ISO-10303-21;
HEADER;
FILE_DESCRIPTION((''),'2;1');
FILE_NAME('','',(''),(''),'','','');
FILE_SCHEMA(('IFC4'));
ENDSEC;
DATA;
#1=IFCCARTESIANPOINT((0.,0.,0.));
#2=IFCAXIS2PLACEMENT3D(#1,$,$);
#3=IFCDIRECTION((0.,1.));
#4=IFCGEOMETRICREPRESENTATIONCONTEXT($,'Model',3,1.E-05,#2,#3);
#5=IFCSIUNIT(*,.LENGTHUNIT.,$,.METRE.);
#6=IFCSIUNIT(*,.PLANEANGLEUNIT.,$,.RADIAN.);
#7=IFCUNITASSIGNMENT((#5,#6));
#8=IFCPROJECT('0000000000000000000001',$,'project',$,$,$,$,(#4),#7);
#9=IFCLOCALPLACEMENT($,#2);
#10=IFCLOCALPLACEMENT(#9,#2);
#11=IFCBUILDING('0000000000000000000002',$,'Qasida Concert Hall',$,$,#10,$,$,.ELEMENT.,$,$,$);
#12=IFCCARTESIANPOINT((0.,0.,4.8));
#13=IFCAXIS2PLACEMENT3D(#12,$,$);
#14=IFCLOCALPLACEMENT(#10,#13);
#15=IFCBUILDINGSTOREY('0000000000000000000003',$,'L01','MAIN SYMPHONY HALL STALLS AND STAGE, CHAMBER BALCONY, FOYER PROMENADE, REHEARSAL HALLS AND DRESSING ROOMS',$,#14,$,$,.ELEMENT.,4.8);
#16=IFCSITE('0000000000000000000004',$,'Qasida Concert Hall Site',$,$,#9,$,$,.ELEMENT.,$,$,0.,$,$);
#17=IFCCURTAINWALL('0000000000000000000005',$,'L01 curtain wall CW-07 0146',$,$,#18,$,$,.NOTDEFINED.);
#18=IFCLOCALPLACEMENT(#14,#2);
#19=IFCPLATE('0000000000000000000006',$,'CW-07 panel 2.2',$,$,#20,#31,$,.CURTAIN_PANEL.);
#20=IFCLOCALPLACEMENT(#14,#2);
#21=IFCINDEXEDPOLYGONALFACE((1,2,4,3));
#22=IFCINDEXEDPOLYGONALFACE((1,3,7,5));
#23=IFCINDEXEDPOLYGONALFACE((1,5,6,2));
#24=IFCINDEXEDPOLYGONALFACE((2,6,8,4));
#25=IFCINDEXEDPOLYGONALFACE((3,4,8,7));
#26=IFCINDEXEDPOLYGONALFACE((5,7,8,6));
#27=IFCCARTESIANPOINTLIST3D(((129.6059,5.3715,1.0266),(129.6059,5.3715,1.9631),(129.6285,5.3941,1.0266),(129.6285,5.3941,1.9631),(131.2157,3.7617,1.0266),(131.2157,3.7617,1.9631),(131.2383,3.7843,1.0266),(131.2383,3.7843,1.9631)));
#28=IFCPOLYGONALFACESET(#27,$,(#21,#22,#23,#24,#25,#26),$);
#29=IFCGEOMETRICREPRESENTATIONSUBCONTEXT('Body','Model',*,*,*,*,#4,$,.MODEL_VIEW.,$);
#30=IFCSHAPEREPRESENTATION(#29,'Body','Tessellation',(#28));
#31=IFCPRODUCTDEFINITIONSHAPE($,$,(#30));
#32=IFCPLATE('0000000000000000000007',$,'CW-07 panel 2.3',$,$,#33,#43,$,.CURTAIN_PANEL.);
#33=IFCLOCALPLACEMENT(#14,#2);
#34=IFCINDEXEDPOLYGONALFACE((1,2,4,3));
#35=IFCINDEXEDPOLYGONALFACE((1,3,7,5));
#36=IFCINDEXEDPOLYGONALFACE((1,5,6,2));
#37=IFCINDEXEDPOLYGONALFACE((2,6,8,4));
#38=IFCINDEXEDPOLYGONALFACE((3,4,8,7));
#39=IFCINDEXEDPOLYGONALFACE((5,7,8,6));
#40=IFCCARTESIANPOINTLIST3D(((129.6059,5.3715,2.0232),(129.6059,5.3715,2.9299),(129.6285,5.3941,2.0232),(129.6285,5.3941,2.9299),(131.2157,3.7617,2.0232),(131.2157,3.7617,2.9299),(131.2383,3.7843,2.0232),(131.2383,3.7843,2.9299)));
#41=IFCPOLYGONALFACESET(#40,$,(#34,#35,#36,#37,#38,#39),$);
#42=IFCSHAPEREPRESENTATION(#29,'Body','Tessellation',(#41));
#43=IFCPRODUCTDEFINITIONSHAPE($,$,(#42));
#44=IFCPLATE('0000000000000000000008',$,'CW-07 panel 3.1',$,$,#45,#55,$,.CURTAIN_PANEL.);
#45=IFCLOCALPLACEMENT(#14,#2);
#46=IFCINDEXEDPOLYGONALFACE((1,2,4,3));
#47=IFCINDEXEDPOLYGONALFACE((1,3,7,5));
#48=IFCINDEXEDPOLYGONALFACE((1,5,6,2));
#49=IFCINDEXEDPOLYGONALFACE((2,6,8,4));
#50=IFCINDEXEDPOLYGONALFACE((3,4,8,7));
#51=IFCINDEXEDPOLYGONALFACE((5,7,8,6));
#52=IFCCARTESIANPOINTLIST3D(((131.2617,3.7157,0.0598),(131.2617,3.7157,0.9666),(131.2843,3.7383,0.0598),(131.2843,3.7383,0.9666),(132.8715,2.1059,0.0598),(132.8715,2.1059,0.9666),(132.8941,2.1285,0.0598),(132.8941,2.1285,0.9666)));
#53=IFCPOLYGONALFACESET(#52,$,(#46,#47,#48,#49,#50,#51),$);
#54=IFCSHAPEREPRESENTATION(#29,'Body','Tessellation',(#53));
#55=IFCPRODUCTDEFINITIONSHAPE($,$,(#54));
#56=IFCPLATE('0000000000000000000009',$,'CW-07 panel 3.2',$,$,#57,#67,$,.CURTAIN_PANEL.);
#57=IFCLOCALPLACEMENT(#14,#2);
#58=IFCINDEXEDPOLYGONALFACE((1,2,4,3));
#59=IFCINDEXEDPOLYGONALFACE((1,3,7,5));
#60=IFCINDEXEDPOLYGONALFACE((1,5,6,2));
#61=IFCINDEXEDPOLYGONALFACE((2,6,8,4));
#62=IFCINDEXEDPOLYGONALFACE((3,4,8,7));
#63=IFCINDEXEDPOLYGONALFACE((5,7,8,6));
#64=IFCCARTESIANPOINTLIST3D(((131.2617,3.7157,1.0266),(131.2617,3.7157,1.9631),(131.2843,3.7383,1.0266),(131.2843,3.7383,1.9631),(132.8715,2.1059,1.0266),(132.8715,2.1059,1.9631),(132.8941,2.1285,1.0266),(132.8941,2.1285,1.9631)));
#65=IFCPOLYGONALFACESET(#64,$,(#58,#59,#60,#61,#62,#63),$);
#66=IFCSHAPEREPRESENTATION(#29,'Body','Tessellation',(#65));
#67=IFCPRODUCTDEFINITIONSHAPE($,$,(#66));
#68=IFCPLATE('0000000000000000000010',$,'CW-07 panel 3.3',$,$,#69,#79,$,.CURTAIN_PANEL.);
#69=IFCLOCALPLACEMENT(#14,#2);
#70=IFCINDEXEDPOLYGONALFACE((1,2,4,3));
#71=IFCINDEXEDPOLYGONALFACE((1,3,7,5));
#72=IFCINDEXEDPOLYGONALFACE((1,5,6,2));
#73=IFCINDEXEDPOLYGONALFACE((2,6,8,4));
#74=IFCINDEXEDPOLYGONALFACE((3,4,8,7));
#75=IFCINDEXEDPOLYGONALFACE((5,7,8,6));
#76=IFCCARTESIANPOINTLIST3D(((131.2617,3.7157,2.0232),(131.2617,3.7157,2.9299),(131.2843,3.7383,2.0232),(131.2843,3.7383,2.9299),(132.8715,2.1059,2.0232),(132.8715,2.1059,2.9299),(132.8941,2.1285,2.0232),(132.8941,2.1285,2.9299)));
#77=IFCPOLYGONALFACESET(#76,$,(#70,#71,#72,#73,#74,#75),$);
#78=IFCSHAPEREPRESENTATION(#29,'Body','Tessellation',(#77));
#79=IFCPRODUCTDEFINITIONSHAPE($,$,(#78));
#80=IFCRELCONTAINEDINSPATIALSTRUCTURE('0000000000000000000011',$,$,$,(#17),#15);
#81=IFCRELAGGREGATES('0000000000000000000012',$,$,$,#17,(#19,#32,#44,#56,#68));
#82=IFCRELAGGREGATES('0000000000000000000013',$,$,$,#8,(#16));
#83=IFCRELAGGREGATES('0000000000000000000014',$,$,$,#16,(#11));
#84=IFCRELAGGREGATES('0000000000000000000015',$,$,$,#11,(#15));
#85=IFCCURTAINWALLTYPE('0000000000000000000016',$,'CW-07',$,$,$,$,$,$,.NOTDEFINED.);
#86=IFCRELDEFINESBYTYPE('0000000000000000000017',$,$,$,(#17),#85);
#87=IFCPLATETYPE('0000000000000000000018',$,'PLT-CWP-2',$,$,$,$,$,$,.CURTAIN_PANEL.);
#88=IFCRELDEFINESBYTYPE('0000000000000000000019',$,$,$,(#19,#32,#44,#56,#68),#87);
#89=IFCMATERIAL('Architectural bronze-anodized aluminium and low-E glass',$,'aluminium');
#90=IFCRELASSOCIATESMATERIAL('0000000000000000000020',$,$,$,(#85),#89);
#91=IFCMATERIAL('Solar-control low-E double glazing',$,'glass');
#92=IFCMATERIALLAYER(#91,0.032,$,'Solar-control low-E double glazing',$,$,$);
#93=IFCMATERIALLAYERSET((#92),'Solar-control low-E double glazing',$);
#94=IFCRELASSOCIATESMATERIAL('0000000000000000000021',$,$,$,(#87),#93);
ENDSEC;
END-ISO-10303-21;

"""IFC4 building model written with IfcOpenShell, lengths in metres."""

from ifc_helpers import new_model, si_unit, direction, frame, origin, origin_2d, place, context, subcontext, project, spatial, rectangle, extrude, material, layer, layer_set, type_object, element, aggregate, save


model = new_model("IFC4")

# Units and contexts
model_context = context("Model", 3, precision=1e-05, world=origin(), true_north=direction((0.0, 1.0)))
body_context = subcontext(model_context, "Body", "Model", "MODEL_VIEW")
ifc_project = project(units=[si_unit("LENGTHUNIT", "METRE"), si_unit("PLANEANGLEUNIT", "RADIAN")], contexts=[model_context])

# Site, building, storey
site_placement = place(None, origin())
site = spatial("IfcSite", under=ifc_project, at=site_placement, Name="Qasida Concert Hall Site", CompositionType="ELEMENT", RefElevation=0.0)
building_placement = place(site_placement, origin())
building = spatial("IfcBuilding", under=site, at=building_placement, Name="Qasida Concert Hall", CompositionType="ELEMENT")
storey_placement = place(building_placement, frame((0.0, 0.0, 4.8)))
storey = spatial("IfcBuildingStorey", under=building, at=storey_placement, Name="L01", Description="MAIN SYMPHONY HALL STALLS AND STAGE, CHAMBER BALCONY, FOYER PROMENADE, REHEARSAL HALLS AND DRESSING ROOMS", CompositionType="ELEMENT", Elevation=4.8)

# Curtain wall, plates
ifc_material_1 = material(Name="Architectural bronze-anodized aluminium and low-E glass", Category="aluminium")
curtain_wall_type = type_object("IfcCurtainWallType", Name="CW-07", PredefinedType="NOTDEFINED", material=ifc_material_1)
curtain_wall_placement = place(storey_placement, origin())
curtain_wall = element("IfcCurtainWall", 1, at=curtain_wall_placement, inside=storey, type_object=curtain_wall_type, Name="L01 curtain wall CW-07 0146", PredefinedType="NOTDEFINED")
ifc_material_2 = material(Name="Solar-control low-E double glazing", Category="glass")
ifc_layer = layer(ifc_material_2, 0.032, Name="Solar-control low-E double glazing")
ifc_layer_set = layer_set([ifc_layer], Name="Solar-control low-E double glazing")
plate_type = type_object("IfcPlateType", Name="PLT-CWP-2", PredefinedType="CURTAIN_PANEL", material=ifc_layer_set)
plate_1_placement = place(storey_placement, frame((130.4221, 4.5779, 1.0266), z_axis=(0.0, 0.0, 1.0), x_axis=(0.707107, -0.707107, 0.0)))
plate_1 = element("IfcPlate", 2, at=plate_1_placement, type_object=plate_type, Name="CW-07 panel 2.2", PredefinedType="CURTAIN_PANEL", context=body_context, shape_type="SweptSolid", body=[
    extrude(rectangle(XDim=2.2766, YDim=0.032, at=origin_2d()), origin(), (0.0, 0.0, 1.0), 0.9365),
])
plate_2_placement = place(storey_placement, frame((130.4221, 4.5779, 2.0232), z_axis=(0.0, 0.0, 1.0), x_axis=(0.707107, -0.707107, 0.0)))
plate_2 = element("IfcPlate", 3, at=plate_2_placement, type_object=plate_type, Name="CW-07 panel 2.3", PredefinedType="CURTAIN_PANEL", context=body_context, shape_type="SweptSolid", body=[
    extrude(rectangle(XDim=2.2766, YDim=0.032, at=origin_2d()), origin(), (0.0, 0.0, 1.0), 0.9067),
])
plate_3_placement = place(storey_placement, frame((132.0779, 2.9221, 0.0598), z_axis=(0.0, 0.0, 1.0), x_axis=(0.707107, -0.707107, 0.0)))
plate_3 = element("IfcPlate", 4, at=plate_3_placement, type_object=plate_type, Name="CW-07 panel 3.1", PredefinedType="CURTAIN_PANEL", context=body_context, shape_type="SweptSolid", body=[
    extrude(rectangle(XDim=2.2766, YDim=0.032, at=origin_2d()), origin(), (0.0, 0.0, 1.0), 0.9067),
])
plate_4_placement = place(storey_placement, frame((132.0779, 2.9221, 1.0266), z_axis=(0.0, 0.0, 1.0), x_axis=(0.707107, -0.707107, 0.0)))
plate_4 = element("IfcPlate", 5, at=plate_4_placement, type_object=plate_type, Name="CW-07 panel 3.2", PredefinedType="CURTAIN_PANEL", context=body_context, shape_type="SweptSolid", body=[
    extrude(rectangle(XDim=2.2766, YDim=0.032, at=origin_2d()), origin(), (0.0, 0.0, 1.0), 0.9365),
])
plate_5_placement = place(storey_placement, frame((132.0779, 2.9221, 2.0232), z_axis=(0.0, 0.0, 1.0), x_axis=(0.707107, -0.707107, 0.0)))
plate_5 = element("IfcPlate", 6, at=plate_5_placement, type_object=plate_type, Name="CW-07 panel 3.3", PredefinedType="CURTAIN_PANEL", context=body_context, shape_type="SweptSolid", body=[
    extrude(rectangle(XDim=2.2766, YDim=0.032, at=origin_2d()), origin(), (0.0, 0.0, 1.0), 0.9067),
])
aggregate(curtain_wall, [plate_1, plate_2, plate_3, plate_4, plate_5])

save(model, "model.ifc")
